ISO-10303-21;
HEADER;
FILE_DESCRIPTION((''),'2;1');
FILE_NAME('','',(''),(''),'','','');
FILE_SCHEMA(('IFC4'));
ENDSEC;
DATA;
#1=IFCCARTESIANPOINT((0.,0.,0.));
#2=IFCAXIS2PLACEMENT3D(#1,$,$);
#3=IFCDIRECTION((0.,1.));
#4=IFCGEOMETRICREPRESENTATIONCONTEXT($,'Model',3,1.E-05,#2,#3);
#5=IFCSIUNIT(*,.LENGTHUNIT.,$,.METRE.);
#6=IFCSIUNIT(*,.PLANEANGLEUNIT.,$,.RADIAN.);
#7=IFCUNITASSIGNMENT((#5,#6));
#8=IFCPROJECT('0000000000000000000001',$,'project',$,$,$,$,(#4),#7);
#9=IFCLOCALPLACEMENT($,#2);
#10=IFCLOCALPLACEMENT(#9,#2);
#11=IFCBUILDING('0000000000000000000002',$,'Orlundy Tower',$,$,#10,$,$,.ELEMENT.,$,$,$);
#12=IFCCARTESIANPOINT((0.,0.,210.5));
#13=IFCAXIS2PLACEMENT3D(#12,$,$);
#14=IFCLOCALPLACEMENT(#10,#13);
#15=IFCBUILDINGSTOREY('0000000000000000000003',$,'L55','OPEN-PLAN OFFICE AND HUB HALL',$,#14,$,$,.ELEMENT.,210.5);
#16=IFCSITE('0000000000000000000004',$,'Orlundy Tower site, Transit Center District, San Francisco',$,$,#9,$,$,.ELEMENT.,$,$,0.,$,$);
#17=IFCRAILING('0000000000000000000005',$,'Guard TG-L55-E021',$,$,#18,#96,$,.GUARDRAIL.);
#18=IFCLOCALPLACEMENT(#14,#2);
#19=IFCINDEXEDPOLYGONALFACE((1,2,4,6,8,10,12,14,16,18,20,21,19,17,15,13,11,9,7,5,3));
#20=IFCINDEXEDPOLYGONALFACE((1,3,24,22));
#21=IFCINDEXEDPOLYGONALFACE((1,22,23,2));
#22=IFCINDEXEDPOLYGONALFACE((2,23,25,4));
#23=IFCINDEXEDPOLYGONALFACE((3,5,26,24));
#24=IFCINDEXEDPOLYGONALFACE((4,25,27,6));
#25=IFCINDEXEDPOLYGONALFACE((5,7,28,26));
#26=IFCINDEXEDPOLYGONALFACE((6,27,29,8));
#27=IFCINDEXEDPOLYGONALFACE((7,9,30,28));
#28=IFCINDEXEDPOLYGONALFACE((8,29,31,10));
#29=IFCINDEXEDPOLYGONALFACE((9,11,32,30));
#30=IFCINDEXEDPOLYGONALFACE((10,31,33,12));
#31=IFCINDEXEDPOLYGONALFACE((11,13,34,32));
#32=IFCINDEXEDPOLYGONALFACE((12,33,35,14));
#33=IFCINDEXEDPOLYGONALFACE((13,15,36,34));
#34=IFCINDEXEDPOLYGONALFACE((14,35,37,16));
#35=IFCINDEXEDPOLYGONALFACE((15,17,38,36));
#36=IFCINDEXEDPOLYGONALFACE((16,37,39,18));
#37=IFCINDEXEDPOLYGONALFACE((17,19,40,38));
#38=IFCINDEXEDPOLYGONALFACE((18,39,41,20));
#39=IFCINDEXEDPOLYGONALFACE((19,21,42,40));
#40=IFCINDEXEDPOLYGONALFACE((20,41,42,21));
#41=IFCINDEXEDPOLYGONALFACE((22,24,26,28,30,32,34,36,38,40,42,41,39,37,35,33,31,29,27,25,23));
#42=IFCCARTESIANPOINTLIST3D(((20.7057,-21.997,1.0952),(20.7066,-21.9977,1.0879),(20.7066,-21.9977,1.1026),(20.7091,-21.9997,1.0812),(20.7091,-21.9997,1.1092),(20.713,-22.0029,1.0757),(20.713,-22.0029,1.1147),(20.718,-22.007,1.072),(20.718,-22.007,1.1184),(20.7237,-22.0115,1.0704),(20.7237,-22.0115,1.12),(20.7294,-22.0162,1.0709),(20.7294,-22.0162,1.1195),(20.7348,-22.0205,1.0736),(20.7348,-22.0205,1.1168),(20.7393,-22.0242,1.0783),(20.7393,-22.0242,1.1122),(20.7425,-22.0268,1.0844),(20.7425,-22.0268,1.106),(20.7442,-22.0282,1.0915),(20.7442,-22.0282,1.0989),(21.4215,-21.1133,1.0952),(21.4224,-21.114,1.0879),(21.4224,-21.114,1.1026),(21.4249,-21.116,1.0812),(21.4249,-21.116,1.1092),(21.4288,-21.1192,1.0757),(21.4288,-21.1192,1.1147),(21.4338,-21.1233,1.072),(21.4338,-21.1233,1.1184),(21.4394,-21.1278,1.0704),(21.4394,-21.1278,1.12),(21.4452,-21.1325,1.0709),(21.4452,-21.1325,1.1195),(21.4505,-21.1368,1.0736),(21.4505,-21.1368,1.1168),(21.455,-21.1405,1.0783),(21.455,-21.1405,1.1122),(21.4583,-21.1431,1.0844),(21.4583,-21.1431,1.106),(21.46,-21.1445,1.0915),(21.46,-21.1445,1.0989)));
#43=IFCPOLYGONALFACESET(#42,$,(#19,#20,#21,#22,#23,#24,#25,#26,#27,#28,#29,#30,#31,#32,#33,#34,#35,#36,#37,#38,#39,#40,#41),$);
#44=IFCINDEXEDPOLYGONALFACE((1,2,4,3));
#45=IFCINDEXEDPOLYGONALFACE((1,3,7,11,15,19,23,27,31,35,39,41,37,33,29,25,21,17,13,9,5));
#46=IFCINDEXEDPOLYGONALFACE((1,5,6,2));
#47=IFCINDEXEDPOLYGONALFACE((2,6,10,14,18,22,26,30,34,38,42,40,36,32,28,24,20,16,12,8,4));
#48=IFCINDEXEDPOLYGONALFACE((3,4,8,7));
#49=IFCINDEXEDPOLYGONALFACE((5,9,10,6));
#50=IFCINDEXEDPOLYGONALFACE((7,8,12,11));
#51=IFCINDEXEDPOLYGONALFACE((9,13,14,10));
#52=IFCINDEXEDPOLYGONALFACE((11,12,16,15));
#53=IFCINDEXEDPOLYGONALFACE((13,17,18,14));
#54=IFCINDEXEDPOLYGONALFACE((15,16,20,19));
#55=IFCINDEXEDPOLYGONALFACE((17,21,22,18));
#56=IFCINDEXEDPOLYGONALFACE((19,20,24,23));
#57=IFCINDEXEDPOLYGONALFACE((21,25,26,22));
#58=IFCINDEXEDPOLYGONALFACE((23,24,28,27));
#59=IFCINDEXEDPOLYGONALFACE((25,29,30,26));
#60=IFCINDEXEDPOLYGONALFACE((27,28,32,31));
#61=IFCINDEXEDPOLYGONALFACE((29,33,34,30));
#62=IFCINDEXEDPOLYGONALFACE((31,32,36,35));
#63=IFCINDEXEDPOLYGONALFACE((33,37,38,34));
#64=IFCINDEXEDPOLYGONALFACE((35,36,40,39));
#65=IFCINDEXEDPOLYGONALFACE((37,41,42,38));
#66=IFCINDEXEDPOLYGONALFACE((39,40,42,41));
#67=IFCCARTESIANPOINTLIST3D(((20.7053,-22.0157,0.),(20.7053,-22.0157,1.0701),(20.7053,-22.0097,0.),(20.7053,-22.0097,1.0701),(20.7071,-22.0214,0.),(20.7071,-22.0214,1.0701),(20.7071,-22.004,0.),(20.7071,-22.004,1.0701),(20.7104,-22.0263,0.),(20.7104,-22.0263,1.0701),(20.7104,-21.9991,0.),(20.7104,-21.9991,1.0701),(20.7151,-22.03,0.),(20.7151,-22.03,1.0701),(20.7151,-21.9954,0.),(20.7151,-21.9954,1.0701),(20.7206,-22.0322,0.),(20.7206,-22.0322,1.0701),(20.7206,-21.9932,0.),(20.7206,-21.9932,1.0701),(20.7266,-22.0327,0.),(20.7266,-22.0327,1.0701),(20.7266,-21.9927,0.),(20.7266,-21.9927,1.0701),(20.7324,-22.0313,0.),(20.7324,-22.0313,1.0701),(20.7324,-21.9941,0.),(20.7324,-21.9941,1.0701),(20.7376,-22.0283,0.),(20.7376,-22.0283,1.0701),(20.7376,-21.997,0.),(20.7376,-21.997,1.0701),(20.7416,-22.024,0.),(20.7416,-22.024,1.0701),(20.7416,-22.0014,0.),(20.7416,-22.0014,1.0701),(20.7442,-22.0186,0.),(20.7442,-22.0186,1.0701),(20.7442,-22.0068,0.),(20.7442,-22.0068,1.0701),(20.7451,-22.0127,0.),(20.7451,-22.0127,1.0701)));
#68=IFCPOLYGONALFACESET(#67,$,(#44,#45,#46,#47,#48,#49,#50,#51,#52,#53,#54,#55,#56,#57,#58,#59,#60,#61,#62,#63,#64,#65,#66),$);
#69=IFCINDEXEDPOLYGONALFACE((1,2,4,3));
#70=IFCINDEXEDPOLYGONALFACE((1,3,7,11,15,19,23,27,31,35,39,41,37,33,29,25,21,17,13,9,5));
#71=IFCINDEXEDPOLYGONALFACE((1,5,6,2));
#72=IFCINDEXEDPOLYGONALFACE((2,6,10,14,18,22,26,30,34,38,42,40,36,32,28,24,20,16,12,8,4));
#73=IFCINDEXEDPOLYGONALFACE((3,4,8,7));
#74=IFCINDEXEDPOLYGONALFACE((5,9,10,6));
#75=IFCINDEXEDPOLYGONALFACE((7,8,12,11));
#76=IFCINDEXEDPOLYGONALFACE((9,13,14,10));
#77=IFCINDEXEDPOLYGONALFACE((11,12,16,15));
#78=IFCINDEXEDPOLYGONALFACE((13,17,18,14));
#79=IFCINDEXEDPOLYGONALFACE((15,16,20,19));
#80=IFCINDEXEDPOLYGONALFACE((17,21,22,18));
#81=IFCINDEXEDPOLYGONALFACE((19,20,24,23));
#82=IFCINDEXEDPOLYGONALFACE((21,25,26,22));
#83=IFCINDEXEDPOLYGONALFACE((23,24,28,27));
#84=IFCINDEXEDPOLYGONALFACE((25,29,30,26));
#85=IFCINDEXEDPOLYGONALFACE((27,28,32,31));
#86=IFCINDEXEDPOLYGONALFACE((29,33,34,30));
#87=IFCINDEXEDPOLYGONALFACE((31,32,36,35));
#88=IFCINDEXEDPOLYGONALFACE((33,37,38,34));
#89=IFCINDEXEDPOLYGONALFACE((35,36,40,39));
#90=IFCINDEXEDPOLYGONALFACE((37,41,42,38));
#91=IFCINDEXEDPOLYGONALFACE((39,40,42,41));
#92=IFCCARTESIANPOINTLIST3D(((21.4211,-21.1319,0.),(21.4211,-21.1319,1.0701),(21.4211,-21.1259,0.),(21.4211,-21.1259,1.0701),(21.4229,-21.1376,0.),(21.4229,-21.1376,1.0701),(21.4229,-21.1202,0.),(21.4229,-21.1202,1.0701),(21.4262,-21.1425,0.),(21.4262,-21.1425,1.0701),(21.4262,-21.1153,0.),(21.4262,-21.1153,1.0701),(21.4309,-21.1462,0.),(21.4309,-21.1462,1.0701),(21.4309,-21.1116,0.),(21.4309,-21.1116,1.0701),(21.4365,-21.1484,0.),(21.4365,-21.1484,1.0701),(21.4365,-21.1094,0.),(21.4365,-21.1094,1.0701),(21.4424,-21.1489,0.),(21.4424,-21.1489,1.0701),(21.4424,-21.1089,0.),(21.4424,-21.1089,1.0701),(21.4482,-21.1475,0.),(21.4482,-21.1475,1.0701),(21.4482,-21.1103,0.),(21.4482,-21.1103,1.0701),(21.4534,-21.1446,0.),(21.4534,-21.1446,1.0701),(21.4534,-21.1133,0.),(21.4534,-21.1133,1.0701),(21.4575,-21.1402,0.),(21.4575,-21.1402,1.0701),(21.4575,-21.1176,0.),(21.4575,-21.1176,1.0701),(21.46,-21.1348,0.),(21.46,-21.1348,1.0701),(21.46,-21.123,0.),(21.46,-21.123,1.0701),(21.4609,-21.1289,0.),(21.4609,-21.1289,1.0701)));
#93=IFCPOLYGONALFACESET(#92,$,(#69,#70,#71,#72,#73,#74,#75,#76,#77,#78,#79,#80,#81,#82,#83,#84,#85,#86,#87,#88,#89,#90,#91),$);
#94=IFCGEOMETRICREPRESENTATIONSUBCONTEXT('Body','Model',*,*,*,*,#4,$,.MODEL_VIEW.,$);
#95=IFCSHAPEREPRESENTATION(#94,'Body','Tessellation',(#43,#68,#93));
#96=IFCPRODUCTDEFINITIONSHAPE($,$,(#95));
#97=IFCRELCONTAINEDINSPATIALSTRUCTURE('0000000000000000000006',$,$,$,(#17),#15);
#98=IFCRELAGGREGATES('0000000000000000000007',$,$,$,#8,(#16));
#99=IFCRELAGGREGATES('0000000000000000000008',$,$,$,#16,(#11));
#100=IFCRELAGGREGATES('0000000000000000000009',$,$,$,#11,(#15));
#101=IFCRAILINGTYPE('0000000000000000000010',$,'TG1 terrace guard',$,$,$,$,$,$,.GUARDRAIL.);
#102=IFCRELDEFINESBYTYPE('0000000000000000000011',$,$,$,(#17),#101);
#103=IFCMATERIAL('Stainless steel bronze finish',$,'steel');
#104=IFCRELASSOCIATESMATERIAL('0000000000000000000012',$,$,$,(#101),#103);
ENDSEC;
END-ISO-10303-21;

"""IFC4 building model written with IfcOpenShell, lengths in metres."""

from ifc_helpers import new_model, si_unit, direction, frame, origin, origin_2d, place, context, subcontext, project, spatial, circle, extrude, material, type_object, element, save


model = new_model("IFC4")

# Units and contexts
model_context = context("Model", 3, precision=1e-05, world=origin(), true_north=direction((0.0, 1.0)))
body_context = subcontext(model_context, "Body", "Model", "MODEL_VIEW")
ifc_project = project(units=[si_unit("LENGTHUNIT", "METRE"), si_unit("PLANEANGLEUNIT", "RADIAN")], contexts=[model_context])

# Site, building, storey
site_placement = place(None, origin())
site = spatial("IfcSite", under=ifc_project, at=site_placement, Name="Orlundy Tower site, Transit Center District, San Francisco", CompositionType="ELEMENT", RefElevation=0.0)
building_placement = place(site_placement, origin())
building = spatial("IfcBuilding", under=site, at=building_placement, Name="Orlundy Tower", CompositionType="ELEMENT")
storey_placement = place(building_placement, frame((0.0, 0.0, 210.5)))
storey = spatial("IfcBuildingStorey", under=building, at=storey_placement, Name="L55", Description="OPEN-PLAN OFFICE AND HUB HALL", CompositionType="ELEMENT", Elevation=210.5)

# Railing
ifc_material_1 = material(Name="Stainless steel bronze finish", Category="steel")
railing_type_1 = type_object("IfcRailingType", Name="TG1 terrace guard", PredefinedType="GUARDRAIL", material=ifc_material_1)
railing_1_placement = place(storey_placement, frame((20.7251, -22.0127, 0.0)))
element("IfcRailing", 1, at=railing_1_placement, inside=storey, type_object=railing_type_1, Name="Guard TG-L55-E021", PredefinedType="GUARDRAIL", context=body_context, shape_type="SweptSolid", body=[
    extrude(circle(Radius=0.0249, at=origin_2d()), frame((0.0, 0.0, 1.0952), z_axis=(0.629396, 0.777085, 0.0), x_axis=(-0.777085, 0.629396, 0.0)), (0.0, 0.0, 1.0), 1.1372),
    extrude(circle(Radius=0.02, at=origin_2d()), origin(), (0.0, 0.0, 1.0), 1.0701),
    extrude(circle(Radius=0.02, at=origin_2d()), frame((0.7158, 0.8838, 0.0)), (0.0, 0.0, 1.0), 1.0701),
])

save(model, "model.ifc")
